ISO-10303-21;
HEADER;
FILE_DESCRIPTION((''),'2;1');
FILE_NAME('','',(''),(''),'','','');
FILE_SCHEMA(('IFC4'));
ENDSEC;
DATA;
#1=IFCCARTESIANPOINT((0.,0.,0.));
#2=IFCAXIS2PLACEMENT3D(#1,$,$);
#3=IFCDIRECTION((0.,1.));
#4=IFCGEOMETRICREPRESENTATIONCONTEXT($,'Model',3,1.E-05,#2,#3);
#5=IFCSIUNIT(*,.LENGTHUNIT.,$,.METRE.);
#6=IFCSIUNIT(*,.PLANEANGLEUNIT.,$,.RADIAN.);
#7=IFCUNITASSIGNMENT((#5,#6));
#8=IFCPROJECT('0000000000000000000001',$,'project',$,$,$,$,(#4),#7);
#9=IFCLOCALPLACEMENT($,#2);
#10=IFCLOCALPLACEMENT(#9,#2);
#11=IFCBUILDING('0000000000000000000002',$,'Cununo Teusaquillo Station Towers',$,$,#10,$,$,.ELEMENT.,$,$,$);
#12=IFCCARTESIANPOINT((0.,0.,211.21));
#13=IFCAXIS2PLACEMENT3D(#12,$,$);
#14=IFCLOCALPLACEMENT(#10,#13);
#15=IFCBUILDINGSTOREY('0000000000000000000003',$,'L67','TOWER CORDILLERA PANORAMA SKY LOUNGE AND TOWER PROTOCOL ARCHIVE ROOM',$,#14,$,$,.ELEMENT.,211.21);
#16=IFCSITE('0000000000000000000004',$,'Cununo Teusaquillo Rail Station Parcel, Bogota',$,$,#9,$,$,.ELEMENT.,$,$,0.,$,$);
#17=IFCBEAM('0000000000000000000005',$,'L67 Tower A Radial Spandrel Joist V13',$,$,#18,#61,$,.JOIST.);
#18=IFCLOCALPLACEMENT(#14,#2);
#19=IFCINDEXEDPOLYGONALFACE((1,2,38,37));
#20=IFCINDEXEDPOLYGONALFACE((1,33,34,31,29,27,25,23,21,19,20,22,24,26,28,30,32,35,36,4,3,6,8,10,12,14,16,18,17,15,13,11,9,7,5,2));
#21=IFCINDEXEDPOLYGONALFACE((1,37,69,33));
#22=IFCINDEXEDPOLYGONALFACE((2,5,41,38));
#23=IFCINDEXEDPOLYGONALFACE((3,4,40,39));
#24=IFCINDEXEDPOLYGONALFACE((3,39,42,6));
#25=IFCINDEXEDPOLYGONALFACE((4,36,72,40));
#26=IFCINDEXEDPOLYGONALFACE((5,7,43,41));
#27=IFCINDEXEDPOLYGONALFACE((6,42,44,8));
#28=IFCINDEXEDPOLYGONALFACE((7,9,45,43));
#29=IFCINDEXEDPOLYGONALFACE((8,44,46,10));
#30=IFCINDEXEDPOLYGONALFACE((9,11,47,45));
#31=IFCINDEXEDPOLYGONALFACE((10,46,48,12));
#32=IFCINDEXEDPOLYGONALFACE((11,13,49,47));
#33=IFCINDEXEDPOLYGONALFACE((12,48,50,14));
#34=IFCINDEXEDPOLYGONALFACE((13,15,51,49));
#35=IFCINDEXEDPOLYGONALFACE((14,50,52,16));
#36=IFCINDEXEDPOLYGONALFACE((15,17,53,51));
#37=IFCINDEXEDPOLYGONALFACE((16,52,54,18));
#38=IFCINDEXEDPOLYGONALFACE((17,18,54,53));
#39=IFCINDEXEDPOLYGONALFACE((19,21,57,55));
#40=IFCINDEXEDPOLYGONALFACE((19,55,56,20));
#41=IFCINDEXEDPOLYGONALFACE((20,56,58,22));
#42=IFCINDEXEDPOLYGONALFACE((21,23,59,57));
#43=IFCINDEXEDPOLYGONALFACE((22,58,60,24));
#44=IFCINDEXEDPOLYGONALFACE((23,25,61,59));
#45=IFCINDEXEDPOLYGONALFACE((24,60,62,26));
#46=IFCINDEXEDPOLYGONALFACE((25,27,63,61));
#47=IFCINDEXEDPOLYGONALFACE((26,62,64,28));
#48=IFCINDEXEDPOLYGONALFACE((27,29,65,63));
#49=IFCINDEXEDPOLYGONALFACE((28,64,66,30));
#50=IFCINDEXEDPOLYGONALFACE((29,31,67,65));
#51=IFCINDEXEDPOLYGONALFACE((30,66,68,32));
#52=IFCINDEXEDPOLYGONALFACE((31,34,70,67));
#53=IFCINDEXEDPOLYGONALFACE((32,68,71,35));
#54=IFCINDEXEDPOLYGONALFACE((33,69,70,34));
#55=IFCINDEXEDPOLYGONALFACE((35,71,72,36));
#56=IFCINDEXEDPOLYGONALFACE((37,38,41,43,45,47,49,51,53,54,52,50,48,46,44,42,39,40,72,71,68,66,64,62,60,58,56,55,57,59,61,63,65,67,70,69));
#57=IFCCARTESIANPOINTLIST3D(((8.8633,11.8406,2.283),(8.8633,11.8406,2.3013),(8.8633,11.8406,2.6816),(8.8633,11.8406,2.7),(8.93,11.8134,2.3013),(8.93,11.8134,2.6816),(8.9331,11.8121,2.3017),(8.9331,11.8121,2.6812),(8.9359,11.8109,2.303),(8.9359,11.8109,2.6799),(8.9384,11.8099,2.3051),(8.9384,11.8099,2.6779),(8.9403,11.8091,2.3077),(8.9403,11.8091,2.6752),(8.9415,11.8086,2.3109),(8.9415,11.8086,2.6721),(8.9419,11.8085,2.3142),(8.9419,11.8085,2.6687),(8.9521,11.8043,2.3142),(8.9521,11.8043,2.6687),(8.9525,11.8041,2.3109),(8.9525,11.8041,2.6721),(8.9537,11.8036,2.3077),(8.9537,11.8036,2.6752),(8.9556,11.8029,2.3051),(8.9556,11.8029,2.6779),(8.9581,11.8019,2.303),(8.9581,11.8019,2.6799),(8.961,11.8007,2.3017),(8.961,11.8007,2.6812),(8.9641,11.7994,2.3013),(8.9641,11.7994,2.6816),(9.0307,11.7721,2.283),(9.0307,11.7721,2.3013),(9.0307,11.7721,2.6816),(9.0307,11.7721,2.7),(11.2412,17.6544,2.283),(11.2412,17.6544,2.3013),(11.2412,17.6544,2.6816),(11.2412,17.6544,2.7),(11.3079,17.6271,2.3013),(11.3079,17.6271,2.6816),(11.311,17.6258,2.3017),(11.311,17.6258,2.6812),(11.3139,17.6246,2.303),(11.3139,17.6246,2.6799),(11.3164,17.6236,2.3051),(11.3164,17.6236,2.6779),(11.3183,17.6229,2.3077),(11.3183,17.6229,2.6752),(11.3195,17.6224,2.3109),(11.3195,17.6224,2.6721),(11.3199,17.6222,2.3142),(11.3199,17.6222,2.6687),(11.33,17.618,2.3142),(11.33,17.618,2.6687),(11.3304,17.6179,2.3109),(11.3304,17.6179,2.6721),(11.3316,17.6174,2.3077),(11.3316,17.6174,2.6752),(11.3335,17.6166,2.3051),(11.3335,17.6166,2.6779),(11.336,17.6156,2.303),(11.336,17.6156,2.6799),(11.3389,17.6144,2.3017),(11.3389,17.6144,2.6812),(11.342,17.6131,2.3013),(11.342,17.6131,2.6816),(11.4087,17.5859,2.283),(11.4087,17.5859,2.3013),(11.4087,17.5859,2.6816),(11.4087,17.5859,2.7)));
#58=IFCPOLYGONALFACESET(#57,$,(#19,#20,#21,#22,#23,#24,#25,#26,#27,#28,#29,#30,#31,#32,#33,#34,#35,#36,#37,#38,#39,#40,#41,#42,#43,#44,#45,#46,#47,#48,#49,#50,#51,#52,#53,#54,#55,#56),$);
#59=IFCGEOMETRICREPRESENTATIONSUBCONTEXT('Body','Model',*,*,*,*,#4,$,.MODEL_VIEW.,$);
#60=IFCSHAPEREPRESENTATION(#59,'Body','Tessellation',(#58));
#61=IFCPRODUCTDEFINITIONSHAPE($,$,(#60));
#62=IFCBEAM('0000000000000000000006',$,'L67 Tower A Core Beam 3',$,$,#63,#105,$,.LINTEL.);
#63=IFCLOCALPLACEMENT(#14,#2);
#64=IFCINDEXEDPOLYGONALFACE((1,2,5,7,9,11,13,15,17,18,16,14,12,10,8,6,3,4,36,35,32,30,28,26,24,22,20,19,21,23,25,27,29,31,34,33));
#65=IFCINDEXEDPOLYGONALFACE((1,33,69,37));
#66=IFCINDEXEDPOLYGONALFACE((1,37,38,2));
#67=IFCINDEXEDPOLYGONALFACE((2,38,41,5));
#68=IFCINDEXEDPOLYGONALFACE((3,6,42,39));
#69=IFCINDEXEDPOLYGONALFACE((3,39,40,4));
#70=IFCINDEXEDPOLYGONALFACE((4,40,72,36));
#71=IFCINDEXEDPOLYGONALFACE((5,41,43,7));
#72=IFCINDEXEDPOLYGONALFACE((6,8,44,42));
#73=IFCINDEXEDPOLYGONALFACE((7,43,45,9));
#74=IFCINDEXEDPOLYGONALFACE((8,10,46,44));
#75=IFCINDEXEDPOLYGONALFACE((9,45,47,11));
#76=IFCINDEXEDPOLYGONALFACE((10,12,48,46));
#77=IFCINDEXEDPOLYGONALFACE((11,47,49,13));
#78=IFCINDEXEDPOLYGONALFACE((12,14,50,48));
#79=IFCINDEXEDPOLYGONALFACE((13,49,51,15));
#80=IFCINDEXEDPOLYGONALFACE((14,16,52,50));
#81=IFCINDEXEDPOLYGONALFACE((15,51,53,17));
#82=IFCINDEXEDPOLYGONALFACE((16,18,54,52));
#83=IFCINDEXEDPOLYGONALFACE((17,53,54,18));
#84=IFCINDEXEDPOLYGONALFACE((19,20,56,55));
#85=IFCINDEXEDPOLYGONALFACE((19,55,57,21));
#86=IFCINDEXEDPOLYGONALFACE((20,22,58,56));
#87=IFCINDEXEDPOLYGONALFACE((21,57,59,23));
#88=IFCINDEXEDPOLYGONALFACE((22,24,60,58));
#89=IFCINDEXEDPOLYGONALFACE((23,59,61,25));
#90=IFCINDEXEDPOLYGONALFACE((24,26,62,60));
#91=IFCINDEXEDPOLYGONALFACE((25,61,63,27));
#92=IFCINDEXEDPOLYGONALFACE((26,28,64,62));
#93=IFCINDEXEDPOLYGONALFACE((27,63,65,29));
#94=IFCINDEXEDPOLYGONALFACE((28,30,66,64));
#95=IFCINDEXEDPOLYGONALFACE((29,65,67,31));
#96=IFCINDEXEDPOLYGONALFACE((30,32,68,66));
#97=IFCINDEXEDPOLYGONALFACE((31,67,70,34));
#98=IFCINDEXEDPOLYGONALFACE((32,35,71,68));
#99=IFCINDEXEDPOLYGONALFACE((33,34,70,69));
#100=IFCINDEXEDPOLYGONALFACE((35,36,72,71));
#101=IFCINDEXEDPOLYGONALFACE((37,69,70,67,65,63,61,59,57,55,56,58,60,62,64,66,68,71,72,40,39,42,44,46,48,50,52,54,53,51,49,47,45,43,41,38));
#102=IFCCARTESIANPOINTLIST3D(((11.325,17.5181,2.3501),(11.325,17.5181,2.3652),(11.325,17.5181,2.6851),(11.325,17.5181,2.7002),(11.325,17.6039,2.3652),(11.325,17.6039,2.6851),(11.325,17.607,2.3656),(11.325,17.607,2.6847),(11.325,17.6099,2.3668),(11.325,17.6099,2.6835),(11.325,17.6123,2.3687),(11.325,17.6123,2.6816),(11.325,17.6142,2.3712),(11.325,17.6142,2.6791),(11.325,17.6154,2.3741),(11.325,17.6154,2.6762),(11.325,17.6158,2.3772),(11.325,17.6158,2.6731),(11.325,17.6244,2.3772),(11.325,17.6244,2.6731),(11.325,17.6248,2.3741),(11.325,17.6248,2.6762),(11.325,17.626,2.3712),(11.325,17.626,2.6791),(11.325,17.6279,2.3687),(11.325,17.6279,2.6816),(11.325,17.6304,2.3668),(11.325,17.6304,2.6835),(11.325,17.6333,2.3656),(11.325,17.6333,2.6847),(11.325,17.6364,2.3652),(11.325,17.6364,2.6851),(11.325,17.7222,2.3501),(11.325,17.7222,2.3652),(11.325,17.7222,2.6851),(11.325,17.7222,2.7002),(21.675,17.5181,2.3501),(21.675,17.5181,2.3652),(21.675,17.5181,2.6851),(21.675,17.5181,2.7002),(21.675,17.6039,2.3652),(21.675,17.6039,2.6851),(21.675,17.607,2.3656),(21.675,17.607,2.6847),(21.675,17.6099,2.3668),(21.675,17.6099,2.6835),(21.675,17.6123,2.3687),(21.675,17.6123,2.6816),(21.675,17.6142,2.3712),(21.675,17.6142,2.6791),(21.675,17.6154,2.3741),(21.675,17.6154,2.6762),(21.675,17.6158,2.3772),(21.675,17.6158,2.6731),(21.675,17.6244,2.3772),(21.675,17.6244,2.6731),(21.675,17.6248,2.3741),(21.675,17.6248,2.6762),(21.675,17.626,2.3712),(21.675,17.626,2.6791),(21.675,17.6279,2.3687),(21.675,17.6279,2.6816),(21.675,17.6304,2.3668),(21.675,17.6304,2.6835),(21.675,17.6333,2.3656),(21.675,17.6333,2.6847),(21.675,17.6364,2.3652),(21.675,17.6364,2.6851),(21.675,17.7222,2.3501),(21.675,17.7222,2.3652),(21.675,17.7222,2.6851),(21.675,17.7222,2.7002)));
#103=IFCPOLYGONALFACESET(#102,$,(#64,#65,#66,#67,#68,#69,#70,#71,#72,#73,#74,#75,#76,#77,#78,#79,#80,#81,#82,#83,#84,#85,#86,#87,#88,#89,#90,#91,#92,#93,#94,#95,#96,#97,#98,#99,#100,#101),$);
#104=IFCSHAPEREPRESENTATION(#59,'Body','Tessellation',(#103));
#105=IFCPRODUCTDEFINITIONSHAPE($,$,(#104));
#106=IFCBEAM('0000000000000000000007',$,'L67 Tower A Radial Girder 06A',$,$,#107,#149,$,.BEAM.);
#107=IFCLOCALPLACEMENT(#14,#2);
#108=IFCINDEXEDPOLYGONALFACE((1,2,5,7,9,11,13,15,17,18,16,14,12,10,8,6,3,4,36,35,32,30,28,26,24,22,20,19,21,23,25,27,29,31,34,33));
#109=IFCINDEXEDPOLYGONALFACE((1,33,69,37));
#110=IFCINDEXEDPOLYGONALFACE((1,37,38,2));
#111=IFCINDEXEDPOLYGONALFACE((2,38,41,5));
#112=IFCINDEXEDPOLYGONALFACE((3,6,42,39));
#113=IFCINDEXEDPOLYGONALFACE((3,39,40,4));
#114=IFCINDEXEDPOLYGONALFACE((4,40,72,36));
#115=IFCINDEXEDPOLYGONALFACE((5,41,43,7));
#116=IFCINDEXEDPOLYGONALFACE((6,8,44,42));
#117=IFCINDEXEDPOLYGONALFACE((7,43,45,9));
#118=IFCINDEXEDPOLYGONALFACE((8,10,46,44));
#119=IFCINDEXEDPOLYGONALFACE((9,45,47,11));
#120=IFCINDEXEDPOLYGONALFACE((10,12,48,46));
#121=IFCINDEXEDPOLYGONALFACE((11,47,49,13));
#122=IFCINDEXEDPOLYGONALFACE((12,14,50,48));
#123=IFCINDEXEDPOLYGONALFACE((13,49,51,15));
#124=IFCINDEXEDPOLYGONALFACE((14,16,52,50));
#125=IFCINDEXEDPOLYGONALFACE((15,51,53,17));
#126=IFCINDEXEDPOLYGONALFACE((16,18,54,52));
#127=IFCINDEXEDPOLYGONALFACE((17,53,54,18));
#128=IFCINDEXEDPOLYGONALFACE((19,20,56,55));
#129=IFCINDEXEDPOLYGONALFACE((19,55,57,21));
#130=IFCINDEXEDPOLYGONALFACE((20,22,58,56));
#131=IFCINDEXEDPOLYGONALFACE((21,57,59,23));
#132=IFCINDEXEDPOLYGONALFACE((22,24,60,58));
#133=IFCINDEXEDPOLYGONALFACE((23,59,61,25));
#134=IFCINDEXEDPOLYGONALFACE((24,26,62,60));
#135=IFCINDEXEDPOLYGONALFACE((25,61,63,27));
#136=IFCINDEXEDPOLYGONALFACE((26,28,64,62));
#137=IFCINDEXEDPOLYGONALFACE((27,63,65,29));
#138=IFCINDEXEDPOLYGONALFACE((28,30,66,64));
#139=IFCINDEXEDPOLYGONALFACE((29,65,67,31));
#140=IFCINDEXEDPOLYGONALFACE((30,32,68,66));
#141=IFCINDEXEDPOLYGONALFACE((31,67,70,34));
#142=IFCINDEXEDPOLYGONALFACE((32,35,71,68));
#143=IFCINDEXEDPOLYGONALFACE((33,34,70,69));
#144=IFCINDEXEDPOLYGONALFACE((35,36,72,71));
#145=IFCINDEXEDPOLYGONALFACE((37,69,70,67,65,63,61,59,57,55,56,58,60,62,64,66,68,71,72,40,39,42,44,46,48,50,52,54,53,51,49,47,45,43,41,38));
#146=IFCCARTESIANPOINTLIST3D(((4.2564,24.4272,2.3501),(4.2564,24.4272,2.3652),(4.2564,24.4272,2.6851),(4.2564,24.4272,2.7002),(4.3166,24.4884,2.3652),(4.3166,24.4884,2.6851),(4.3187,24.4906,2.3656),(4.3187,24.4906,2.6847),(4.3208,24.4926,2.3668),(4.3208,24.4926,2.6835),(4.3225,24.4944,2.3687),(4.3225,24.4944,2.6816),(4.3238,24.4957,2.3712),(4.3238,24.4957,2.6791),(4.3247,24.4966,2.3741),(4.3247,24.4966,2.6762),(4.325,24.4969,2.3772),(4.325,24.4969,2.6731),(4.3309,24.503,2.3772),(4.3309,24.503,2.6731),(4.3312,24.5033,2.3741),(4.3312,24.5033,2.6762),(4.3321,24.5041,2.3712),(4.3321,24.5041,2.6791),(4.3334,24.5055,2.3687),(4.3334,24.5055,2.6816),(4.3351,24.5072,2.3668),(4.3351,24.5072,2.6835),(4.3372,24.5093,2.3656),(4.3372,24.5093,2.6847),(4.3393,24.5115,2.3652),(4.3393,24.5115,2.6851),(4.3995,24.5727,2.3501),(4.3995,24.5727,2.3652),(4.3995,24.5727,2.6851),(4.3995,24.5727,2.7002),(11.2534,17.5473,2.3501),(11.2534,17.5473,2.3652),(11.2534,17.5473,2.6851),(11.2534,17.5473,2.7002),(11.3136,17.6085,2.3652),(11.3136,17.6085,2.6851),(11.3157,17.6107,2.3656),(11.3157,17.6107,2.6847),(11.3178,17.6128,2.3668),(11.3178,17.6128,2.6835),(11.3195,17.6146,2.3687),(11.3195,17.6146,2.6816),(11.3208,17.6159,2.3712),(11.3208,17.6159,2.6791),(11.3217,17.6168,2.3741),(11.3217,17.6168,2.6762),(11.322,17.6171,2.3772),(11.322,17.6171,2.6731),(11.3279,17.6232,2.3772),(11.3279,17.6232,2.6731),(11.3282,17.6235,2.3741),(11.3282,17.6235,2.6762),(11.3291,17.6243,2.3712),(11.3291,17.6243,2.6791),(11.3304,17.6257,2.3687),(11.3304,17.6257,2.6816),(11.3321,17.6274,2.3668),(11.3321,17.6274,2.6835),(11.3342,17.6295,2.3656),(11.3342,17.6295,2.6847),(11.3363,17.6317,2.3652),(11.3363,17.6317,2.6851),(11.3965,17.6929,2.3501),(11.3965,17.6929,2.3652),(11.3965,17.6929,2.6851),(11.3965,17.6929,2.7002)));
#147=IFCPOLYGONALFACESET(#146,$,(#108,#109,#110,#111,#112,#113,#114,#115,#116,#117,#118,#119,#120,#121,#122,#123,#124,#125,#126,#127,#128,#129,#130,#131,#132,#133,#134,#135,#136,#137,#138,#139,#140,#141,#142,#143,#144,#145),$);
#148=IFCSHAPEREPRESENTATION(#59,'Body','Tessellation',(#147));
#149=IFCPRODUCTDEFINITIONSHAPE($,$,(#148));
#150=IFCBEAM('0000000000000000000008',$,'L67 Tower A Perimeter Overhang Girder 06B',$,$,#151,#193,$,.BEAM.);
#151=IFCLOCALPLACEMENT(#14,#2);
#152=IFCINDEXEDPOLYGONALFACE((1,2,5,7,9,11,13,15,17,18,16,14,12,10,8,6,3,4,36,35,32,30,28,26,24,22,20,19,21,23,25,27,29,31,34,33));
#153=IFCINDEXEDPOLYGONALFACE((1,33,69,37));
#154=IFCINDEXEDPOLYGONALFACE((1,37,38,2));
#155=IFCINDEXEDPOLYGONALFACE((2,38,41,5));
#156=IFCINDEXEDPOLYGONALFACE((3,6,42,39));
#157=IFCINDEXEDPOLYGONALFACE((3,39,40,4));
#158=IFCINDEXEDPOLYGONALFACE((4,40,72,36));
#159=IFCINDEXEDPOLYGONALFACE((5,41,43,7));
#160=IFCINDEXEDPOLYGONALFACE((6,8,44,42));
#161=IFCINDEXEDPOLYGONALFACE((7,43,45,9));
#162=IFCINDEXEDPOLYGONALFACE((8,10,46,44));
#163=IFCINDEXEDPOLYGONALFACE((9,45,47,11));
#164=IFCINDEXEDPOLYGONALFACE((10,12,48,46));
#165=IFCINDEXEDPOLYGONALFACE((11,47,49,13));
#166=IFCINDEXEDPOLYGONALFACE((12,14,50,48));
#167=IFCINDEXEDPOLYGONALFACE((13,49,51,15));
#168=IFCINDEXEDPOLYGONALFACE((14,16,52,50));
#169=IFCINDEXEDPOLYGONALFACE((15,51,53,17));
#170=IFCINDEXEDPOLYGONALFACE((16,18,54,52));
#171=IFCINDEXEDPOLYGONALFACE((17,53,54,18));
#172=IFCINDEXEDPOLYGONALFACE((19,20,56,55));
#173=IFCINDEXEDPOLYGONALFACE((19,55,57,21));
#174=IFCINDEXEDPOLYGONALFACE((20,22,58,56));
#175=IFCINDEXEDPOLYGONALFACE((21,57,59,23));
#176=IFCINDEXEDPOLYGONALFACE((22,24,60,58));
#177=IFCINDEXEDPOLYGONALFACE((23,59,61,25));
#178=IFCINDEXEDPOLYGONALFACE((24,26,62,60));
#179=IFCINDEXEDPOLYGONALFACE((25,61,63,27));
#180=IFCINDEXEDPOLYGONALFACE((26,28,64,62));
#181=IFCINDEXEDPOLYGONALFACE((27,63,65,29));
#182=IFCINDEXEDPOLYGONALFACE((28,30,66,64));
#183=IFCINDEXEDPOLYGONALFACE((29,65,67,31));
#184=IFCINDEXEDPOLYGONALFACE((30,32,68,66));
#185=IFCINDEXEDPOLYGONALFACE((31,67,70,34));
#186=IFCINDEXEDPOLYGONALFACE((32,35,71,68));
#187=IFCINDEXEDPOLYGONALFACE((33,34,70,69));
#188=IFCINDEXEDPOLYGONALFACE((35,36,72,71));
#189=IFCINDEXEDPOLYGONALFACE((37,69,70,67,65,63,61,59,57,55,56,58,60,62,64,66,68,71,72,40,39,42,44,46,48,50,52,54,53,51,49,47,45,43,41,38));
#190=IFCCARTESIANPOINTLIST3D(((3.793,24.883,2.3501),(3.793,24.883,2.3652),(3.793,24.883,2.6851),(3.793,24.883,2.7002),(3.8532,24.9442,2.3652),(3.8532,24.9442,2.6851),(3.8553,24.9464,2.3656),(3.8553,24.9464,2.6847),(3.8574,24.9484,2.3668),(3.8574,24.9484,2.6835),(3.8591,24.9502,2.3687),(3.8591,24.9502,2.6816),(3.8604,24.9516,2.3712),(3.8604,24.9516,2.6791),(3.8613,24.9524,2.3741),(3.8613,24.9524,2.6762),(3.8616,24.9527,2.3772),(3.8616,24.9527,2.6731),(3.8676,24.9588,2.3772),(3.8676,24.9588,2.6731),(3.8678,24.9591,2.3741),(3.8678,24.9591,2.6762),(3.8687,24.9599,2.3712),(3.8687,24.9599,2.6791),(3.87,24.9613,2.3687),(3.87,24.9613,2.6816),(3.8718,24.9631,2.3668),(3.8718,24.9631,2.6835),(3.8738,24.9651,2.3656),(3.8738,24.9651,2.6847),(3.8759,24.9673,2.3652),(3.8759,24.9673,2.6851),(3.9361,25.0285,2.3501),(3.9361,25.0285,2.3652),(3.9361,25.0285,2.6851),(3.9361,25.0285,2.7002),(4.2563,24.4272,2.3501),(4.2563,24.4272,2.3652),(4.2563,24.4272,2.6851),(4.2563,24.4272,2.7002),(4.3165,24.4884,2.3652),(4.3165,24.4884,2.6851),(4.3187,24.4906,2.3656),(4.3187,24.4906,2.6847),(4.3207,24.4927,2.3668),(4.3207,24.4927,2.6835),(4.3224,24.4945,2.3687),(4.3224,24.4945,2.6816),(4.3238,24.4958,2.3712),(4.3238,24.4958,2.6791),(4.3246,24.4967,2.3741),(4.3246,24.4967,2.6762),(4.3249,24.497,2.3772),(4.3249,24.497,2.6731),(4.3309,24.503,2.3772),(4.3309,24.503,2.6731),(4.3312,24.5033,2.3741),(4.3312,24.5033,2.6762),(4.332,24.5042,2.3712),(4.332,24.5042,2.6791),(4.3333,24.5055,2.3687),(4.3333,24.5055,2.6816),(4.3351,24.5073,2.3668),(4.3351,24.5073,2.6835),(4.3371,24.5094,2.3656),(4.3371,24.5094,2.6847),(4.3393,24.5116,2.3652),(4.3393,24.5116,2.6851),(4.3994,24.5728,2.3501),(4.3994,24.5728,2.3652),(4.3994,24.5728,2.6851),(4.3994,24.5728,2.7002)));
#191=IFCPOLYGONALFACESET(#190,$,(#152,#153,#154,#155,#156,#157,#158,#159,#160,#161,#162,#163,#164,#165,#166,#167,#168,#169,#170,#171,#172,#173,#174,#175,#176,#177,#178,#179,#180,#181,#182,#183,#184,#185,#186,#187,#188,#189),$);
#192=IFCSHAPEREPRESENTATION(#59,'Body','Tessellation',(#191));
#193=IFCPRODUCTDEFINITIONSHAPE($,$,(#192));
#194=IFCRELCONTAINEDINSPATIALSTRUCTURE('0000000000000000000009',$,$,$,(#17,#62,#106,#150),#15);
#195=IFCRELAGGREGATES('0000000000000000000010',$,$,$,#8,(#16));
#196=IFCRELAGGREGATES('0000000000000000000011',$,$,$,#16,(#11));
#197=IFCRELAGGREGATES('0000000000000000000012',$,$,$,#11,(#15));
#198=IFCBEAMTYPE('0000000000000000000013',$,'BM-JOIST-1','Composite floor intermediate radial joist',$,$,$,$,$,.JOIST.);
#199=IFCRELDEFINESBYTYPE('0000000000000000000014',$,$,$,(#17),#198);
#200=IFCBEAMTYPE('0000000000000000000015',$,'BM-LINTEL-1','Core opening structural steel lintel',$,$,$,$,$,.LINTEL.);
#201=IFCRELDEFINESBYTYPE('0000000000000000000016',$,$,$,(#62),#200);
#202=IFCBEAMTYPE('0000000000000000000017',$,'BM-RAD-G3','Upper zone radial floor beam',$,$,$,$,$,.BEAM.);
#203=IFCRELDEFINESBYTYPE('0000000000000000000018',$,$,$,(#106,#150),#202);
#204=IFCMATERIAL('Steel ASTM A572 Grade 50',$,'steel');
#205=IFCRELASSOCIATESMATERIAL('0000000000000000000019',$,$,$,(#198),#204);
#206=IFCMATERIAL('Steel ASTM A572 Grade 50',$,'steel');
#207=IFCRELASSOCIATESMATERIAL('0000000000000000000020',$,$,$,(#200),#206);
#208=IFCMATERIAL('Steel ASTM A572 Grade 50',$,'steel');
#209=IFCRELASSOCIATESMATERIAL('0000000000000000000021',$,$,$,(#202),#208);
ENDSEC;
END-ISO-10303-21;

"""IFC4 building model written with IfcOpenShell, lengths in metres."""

from ifc_helpers import new_model, si_unit, direction, frame, origin, origin_2d, place, context, subcontext, project, spatial, i_section, extrude, material, material_profile, profile_set, type_object, element, save


model = new_model("IFC4")

# Units and contexts
model_context = context("Model", 3, precision=1e-05, world=origin(), true_north=direction((0.0, 1.0)))
body_context = subcontext(model_context, "Body", "Model", "MODEL_VIEW")
ifc_project = project(units=[si_unit("LENGTHUNIT", "METRE"), si_unit("PLANEANGLEUNIT", "RADIAN")], contexts=[model_context])

# Site, building, storey
site_placement = place(None, origin())
site = spatial("IfcSite", under=ifc_project, at=site_placement, Name="Cununo Teusaquillo Rail Station Parcel, Bogota", CompositionType="ELEMENT", RefElevation=0.0)
building_placement = place(site_placement, origin())
building = spatial("IfcBuilding", under=site, at=building_placement, Name="Cununo Teusaquillo Station Towers", CompositionType="ELEMENT")
storey_placement = place(building_placement, frame((0.0, 0.0, 211.21)))
storey = spatial("IfcBuildingStorey", under=building, at=storey_placement, Name="L67", Description="TOWER CORDILLERA PANORAMA SKY LOUNGE AND TOWER PROTOCOL ARCHIVE ROOM", CompositionType="ELEMENT", Elevation=211.21)

# Beams
ifc_material_1 = material(Name="Steel ASTM A572 Grade 50", Category="steel")
ifc_material_profile_1 = material_profile(ifc_material_1, i_section(OverallWidth=0.1809, OverallDepth=0.417, WebThickness=0.011, FlangeThickness=0.0183, FilletRadius=0.0129, at=origin_2d()), Name="W16X57")
ifc_profile_set_1 = profile_set([ifc_material_profile_1], Name="Steel ASTM A572 Grade 50")
beam_type_1 = type_object("IfcBeamType", Name="BM-JOIST-1", Description="Composite floor intermediate radial joist", PredefinedType="JOIST", material=ifc_profile_set_1)
beam_1_placement = place(storey_placement, frame((11.325, 17.6201, 2.4915), z_axis=(-0.378577, -0.92557, 0.0), x_axis=(0.92557, -0.378577, 0.0)))
element("IfcBeam", 1, at=beam_1_placement, inside=storey, type_object=beam_type_1, Name="L67 Tower A Radial Spandrel Joist V13", PredefinedType="JOIST", context=body_context, shape_type="SweptSolid", body=[
    extrude(i_section(OverallWidth=0.1809, OverallDepth=0.417, WebThickness=0.011, FlangeThickness=0.0183, FilletRadius=0.0129, at=origin_2d()), origin(), (0.0, 0.0, 1.0), 6.2812),
])
ifc_material_2 = material(Name="Steel ASTM A572 Grade 50", Category="steel")
ifc_material_profile_2 = material_profile(ifc_material_2, i_section(OverallWidth=0.2041, OverallDepth=0.3501, WebThickness=0.0085, FlangeThickness=0.0151, FilletRadius=0.012, at=origin_2d()), Name="W14X48")
ifc_profile_set_2 = profile_set([ifc_material_profile_2], Name="Steel ASTM A572 Grade 50")
beam_type_2 = type_object("IfcBeamType", Name="BM-LINTEL-1", Description="Core opening structural steel lintel", PredefinedType="LINTEL", material=ifc_profile_set_2)
beam_2_placement = place(storey_placement, frame((11.325, 17.6201, 2.5251), z_axis=(1.0, 0.0, 0.0), x_axis=(0.0, 1.0, 0.0)))
element("IfcBeam", 2, at=beam_2_placement, inside=storey, type_object=beam_type_2, Name="L67 Tower A Core Beam 3", PredefinedType="LINTEL", context=body_context, shape_type="SweptSolid", body=[
    extrude(i_section(OverallWidth=0.2041, OverallDepth=0.3501, WebThickness=0.0085, FlangeThickness=0.0151, FilletRadius=0.012, at=origin_2d()), origin(), (0.0, 0.0, 1.0), 10.3501),
])
ifc_material_3 = material(Name="Steel ASTM A572 Grade 50", Category="steel")
ifc_material_profile_3 = material_profile(ifc_material_3, i_section(OverallWidth=0.2041, OverallDepth=0.3501, WebThickness=0.0085, FlangeThickness=0.0151, FilletRadius=0.012, at=origin_2d()), Name="W14X48")
ifc_profile_set_3 = profile_set([ifc_material_profile_3], Name="Steel ASTM A572 Grade 50")
beam_type_3 = type_object("IfcBeamType", Name="BM-RAD-G3", Description="Upper zone radial floor beam", PredefinedType="BEAM", material=ifc_profile_set_3)
beam_3_placement = place(storey_placement, frame((11.325, 17.6201, 2.5251), z_axis=(-0.713053, 0.70111, 0.0), x_axis=(-0.70111, -0.713053, 0.0)))
element("IfcBeam", 3, at=beam_3_placement, inside=storey, type_object=beam_type_3, Name="L67 Tower A Radial Girder 06A", PredefinedType="BEAM", context=body_context, shape_type="SweptSolid", body=[
    extrude(i_section(OverallWidth=0.2041, OverallDepth=0.3501, WebThickness=0.0085, FlangeThickness=0.0151, FilletRadius=0.012, at=origin_2d()), origin(), (0.0, 0.0, 1.0), 9.8127),
])
beam_4_placement = place(storey_placement, frame((4.3279, 24.5, 2.5251), z_axis=(-0.712905, 0.701261, 0.0), x_axis=(-0.701261, -0.712905, 0.0)))
element("IfcBeam", 4, at=beam_4_placement, inside=storey, type_object=beam_type_3, Name="L67 Tower A Perimeter Overhang Girder 06B", PredefinedType="BEAM", context=body_context, shape_type="SweptSolid", body=[
    extrude(i_section(OverallWidth=0.2041, OverallDepth=0.3501, WebThickness=0.0085, FlangeThickness=0.0151, FilletRadius=0.012, at=origin_2d()), origin(), (0.0, 0.0, 1.0), 0.6499),
])

save(model, "model.ifc")
